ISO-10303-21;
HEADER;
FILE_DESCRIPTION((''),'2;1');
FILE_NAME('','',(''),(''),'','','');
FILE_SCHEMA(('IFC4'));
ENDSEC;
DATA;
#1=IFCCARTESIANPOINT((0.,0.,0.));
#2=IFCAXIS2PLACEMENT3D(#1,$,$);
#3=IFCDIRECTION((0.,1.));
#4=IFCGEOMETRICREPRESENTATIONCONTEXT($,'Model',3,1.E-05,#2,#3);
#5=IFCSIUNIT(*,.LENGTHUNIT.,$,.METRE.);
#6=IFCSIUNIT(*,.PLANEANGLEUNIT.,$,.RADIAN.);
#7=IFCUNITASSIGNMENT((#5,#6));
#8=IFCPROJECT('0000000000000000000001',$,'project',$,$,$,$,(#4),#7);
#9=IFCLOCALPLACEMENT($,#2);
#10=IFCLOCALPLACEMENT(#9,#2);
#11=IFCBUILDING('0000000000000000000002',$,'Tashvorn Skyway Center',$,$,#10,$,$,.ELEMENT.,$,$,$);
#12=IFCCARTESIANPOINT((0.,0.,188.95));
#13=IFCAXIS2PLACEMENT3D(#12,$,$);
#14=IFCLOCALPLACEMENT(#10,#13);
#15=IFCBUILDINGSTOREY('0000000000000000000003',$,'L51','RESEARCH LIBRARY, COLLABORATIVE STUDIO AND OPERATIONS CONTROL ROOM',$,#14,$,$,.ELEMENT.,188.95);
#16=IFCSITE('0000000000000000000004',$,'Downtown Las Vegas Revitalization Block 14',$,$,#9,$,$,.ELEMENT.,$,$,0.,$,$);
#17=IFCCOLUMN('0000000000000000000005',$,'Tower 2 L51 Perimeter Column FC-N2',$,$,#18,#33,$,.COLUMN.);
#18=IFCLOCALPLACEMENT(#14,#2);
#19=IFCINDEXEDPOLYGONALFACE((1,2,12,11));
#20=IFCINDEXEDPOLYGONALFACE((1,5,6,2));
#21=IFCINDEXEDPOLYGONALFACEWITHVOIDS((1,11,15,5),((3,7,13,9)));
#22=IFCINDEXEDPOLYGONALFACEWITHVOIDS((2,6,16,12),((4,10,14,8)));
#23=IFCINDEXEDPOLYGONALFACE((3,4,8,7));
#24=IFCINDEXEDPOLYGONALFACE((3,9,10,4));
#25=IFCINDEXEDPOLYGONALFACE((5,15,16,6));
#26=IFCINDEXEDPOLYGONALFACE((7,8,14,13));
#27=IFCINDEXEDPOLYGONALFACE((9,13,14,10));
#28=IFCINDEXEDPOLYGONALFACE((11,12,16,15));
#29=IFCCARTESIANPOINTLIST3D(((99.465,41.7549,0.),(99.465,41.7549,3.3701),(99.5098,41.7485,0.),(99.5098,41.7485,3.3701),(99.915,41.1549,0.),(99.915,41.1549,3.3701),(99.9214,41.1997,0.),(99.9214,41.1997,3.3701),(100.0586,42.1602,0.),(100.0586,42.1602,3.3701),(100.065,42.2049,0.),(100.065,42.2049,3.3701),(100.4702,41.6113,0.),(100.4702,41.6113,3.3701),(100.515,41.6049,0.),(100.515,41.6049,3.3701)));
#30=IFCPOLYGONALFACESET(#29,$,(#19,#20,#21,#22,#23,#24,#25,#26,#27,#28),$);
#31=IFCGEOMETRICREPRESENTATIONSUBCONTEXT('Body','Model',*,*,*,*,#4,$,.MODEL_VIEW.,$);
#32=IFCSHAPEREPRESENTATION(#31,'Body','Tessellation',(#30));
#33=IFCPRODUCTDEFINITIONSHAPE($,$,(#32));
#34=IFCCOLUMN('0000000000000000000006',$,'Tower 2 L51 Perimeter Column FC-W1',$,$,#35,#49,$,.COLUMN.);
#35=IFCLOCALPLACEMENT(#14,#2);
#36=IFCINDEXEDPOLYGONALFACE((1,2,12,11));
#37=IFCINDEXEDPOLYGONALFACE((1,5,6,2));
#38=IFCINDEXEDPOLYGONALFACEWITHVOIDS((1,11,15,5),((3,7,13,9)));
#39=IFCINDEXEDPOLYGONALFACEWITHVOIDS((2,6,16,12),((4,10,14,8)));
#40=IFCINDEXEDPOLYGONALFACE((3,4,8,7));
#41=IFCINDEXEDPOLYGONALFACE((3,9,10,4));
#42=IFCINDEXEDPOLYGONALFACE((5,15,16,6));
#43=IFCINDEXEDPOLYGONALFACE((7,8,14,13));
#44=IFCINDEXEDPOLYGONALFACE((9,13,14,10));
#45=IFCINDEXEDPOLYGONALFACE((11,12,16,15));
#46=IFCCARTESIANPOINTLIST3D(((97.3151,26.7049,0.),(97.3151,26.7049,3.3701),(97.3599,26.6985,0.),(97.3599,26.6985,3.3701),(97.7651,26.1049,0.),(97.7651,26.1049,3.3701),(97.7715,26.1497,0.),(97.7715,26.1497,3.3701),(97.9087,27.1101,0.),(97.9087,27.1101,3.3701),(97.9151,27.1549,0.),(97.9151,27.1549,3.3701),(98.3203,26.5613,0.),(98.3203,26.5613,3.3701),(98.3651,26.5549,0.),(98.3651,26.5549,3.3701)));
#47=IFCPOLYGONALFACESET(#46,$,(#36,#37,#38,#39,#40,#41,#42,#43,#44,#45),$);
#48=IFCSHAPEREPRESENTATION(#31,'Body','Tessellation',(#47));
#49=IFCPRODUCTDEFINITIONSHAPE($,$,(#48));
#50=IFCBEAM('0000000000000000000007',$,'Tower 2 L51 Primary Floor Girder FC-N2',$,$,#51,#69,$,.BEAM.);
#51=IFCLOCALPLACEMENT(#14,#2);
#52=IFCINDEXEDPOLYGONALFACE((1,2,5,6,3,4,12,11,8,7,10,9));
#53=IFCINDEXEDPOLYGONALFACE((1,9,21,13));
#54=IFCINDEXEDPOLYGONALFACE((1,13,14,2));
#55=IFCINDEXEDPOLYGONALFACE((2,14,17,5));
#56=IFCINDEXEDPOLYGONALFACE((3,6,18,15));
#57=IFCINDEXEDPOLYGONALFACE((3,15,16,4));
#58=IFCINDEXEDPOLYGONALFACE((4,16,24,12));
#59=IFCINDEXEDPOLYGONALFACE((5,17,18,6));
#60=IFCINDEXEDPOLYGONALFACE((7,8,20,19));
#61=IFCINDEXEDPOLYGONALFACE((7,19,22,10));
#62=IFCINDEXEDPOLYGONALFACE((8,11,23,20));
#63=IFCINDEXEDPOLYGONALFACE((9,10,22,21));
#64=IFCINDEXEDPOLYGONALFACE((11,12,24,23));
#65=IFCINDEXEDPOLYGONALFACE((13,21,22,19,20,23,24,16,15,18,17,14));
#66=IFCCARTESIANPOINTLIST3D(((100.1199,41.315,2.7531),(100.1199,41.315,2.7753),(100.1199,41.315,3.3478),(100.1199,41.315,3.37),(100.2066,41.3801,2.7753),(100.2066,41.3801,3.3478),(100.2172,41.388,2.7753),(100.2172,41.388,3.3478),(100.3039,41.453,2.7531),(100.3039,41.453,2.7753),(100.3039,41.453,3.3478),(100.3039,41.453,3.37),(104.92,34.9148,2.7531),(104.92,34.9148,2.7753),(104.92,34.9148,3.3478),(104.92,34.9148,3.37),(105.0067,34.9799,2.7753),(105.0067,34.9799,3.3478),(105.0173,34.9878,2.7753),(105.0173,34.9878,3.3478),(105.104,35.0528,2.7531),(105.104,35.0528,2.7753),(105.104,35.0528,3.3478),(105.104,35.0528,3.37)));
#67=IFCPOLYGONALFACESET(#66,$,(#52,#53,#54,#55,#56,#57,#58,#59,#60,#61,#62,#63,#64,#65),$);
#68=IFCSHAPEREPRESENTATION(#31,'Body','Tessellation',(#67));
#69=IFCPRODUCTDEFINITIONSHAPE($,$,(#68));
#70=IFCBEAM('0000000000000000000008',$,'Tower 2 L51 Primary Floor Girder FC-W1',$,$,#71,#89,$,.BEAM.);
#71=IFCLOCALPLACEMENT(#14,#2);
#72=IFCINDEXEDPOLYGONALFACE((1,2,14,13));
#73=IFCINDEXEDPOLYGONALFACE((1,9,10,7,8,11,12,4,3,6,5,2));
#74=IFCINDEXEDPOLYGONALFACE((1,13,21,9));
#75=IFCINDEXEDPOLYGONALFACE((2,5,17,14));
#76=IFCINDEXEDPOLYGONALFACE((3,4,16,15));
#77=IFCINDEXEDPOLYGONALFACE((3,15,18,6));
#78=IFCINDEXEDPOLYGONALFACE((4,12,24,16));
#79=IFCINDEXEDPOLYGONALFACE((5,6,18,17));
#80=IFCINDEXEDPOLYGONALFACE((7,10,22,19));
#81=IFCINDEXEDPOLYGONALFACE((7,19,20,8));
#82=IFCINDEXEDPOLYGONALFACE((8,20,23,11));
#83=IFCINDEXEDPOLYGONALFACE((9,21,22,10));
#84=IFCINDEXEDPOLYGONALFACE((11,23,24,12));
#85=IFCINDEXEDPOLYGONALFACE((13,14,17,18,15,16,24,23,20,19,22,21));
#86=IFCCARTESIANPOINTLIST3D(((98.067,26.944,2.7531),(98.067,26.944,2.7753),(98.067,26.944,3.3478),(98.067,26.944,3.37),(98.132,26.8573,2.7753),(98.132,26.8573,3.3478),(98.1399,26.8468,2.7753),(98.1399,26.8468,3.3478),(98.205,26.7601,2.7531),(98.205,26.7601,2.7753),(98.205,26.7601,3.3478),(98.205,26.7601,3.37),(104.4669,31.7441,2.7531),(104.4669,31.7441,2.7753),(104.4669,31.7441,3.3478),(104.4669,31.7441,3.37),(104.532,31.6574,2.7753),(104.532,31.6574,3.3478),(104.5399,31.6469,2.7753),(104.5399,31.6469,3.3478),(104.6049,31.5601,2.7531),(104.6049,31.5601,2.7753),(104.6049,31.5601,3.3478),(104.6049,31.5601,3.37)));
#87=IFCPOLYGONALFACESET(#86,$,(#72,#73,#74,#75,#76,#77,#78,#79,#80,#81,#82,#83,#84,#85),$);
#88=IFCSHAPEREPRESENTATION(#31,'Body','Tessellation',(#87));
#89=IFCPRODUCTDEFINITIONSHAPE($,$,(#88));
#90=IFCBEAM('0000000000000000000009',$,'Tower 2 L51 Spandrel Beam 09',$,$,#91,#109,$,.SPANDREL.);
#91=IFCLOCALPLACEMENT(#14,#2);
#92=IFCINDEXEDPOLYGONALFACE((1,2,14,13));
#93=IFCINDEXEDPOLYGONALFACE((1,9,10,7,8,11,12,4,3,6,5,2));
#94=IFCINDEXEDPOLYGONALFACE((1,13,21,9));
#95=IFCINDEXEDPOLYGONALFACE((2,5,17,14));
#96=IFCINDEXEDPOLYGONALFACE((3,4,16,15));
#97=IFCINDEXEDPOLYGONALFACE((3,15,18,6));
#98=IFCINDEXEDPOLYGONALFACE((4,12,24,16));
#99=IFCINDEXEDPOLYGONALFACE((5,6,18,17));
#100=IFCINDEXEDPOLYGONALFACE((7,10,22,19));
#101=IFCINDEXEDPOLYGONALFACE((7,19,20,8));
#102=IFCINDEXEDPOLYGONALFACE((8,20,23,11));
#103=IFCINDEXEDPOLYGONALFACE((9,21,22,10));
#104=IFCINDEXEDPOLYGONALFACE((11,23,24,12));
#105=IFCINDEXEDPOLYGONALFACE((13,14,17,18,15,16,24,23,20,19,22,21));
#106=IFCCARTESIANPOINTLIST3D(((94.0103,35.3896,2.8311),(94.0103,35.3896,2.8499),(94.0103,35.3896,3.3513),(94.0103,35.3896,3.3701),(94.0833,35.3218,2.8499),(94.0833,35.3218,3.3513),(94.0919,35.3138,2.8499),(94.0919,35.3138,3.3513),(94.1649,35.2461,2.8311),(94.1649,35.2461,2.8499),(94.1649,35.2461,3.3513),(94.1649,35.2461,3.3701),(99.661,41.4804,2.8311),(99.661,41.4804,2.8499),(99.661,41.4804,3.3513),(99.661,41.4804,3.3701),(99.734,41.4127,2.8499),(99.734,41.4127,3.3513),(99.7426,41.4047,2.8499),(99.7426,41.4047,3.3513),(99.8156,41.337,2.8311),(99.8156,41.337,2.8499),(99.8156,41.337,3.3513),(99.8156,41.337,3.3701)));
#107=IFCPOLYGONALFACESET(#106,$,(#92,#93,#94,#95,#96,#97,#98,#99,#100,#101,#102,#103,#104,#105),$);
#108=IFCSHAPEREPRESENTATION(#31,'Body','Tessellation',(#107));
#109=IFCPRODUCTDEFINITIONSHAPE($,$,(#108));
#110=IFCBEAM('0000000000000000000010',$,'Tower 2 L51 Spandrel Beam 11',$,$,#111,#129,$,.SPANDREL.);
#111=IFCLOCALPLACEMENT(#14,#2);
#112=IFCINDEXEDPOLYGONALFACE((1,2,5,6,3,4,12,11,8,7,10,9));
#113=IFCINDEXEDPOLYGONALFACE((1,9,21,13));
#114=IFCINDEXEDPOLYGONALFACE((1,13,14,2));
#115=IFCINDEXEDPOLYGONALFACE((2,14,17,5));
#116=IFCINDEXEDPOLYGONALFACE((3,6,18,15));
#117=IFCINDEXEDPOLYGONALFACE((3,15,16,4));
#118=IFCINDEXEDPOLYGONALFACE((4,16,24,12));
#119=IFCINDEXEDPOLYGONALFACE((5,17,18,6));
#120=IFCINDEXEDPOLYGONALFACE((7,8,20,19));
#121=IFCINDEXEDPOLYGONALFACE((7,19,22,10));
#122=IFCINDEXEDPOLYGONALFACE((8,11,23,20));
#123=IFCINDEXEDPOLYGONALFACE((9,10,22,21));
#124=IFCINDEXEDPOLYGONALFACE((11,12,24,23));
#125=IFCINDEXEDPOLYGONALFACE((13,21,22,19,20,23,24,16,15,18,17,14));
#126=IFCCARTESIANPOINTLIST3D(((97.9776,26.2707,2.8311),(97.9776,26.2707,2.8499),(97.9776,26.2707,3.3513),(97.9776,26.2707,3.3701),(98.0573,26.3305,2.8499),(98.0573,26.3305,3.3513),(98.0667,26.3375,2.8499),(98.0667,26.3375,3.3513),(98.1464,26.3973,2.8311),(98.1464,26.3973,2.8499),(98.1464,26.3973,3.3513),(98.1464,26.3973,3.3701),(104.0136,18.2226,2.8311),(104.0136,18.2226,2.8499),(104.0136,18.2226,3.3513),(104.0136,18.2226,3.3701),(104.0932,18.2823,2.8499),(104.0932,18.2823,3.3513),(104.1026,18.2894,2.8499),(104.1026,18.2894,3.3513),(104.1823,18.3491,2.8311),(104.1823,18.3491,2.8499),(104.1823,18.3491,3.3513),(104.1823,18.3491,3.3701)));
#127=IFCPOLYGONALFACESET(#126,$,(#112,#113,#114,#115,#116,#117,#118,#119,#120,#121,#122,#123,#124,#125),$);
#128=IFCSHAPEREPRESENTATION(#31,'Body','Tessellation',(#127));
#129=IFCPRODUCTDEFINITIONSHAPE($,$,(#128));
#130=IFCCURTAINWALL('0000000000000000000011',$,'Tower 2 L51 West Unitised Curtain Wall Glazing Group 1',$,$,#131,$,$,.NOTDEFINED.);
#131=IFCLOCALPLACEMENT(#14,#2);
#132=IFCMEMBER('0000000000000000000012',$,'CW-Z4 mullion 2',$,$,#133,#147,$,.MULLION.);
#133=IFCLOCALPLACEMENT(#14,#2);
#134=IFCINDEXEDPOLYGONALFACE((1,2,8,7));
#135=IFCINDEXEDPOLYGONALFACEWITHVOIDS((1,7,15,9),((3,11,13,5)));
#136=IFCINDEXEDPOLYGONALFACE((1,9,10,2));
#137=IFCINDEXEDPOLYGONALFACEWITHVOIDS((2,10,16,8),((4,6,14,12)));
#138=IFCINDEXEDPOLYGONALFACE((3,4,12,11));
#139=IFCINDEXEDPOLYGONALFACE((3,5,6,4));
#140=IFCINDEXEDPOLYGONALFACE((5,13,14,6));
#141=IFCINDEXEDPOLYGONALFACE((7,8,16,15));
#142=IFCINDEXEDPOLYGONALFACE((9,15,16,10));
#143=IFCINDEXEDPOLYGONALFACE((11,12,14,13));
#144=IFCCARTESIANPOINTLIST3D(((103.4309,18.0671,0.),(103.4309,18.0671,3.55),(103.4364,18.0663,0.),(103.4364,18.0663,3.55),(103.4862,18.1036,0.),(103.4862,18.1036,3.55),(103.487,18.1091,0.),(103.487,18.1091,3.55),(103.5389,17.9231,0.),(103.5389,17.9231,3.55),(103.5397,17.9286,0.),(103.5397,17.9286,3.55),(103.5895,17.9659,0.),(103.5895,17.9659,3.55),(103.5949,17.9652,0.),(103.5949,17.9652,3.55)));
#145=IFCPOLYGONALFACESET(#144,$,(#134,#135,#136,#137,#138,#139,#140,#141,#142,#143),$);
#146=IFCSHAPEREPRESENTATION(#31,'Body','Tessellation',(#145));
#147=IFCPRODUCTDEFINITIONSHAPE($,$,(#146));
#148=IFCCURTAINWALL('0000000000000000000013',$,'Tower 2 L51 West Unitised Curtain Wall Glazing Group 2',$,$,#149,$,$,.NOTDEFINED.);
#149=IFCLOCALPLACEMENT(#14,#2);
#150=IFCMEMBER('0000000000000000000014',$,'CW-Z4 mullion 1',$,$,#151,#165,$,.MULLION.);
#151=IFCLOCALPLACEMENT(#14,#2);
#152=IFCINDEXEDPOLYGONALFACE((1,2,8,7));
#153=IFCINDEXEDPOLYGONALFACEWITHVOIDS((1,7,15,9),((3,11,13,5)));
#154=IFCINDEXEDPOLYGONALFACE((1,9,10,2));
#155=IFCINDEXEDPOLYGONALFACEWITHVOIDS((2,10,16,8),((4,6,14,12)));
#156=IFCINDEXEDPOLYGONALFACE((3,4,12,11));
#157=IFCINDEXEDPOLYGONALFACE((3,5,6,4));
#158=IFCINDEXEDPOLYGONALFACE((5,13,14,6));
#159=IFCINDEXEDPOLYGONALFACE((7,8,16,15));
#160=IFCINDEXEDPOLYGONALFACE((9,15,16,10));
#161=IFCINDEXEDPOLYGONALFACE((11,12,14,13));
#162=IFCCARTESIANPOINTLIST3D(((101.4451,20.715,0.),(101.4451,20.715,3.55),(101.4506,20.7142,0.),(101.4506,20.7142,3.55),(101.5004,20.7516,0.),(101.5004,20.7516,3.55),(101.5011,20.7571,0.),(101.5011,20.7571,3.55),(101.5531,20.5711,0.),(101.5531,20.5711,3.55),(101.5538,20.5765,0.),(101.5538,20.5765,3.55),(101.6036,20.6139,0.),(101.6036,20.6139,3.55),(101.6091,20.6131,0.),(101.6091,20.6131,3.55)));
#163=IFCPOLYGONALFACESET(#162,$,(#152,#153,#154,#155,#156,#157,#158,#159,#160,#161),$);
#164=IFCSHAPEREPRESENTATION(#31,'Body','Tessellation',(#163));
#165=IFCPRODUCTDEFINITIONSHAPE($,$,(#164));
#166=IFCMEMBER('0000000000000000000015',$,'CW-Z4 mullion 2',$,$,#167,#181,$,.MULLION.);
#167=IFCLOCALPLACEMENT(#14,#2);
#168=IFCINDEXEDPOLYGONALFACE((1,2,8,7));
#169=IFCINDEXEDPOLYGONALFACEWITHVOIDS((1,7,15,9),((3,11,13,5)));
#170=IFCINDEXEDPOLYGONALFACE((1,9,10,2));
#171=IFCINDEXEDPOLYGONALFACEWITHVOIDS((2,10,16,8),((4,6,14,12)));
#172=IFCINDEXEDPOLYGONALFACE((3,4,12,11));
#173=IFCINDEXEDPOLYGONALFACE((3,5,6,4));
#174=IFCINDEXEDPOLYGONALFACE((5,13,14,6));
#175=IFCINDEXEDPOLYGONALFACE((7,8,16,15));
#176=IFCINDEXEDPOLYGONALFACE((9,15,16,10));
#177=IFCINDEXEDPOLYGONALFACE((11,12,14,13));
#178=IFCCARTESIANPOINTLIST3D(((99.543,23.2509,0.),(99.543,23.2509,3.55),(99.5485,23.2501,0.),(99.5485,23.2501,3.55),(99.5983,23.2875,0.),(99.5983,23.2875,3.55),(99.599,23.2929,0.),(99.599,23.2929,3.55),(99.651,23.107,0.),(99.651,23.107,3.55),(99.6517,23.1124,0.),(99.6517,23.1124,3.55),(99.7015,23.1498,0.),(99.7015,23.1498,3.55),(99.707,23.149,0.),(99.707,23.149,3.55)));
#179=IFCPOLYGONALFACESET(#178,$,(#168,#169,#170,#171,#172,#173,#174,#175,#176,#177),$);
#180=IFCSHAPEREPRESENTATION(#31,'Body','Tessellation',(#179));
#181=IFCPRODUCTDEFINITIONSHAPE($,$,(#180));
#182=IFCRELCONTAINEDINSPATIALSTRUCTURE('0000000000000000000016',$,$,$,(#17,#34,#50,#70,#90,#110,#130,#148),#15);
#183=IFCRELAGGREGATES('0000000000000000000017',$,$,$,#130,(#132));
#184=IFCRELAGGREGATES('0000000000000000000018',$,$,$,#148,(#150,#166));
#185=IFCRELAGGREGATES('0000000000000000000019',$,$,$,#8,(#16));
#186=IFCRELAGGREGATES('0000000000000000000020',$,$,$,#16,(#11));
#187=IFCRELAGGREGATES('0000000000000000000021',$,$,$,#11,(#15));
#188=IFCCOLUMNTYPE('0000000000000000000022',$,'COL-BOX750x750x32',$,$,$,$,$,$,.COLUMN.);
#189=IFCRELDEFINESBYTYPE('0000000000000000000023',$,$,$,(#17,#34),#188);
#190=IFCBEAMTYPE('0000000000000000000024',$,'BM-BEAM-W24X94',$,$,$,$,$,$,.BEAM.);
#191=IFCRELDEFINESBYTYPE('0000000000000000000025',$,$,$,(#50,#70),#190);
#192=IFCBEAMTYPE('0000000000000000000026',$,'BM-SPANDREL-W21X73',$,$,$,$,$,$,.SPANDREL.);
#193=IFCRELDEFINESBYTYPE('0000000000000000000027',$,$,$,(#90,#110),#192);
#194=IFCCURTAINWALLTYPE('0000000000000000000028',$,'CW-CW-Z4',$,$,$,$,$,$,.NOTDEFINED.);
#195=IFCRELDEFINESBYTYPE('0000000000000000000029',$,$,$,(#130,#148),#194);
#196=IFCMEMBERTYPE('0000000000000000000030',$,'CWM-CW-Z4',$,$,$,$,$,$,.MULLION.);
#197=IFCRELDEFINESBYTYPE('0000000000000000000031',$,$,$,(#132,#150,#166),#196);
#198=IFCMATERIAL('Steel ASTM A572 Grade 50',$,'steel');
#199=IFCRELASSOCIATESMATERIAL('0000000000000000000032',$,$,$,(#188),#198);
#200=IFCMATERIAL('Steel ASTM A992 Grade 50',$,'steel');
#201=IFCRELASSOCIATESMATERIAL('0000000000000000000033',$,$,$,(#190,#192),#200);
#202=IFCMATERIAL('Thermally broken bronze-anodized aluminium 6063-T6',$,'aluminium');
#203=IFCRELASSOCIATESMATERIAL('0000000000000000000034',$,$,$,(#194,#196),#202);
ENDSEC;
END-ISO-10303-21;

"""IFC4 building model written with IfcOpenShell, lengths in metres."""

from ifc_helpers import new_model, si_unit, direction, frame, origin, origin_2d, place, context, subcontext, project, spatial, hollow_rectangle, i_section, extrude, material, material_profile, profile_set, type_object, element, aggregate, save


model = new_model("IFC4")

# Units and contexts
model_context = context("Model", 3, precision=1e-05, world=origin(), true_north=direction((0.0, 1.0)))
body_context = subcontext(model_context, "Body", "Model", "MODEL_VIEW")
ifc_project = project(units=[si_unit("LENGTHUNIT", "METRE"), si_unit("PLANEANGLEUNIT", "RADIAN")], contexts=[model_context])

# Site, building, storey
site_placement = place(None, origin())
site = spatial("IfcSite", under=ifc_project, at=site_placement, Name="Downtown Las Vegas Revitalization Block 14", CompositionType="ELEMENT", RefElevation=0.0)
building_placement = place(site_placement, origin())
building = spatial("IfcBuilding", under=site, at=building_placement, Name="Tashvorn Skyway Center", CompositionType="ELEMENT")
storey_placement = place(building_placement, frame((0.0, 0.0, 188.95)))
storey = spatial("IfcBuildingStorey", under=building, at=storey_placement, Name="L51", Description="RESEARCH LIBRARY, COLLABORATIVE STUDIO AND OPERATIONS CONTROL ROOM", CompositionType="ELEMENT", Elevation=188.95)

# Columns
ifc_material_1 = material(Name="Steel ASTM A572 Grade 50", Category="steel")
ifc_material_profile_1 = material_profile(ifc_material_1, hollow_rectangle(XDim=0.75, YDim=0.75, WallThickness=0.032, at=origin_2d()), Name="BOX750x750x32")
ifc_profile_set_1 = profile_set([ifc_material_profile_1], Name="Steel ASTM A572 Grade 50")
column_type = type_object("IfcColumnType", Name="COL-BOX750x750x32", PredefinedType="COLUMN", material=ifc_profile_set_1)
for number, where, z_axis, x_axis, name in (
    (1, (99.99, 41.6799, 0.0), (0.0, 0.0, 1.0), (0.8, 0.6, 0.0), "Tower 2 L51 Perimeter Column FC-N2"),
    (2, (97.8401, 26.6299, 0.0), (0.0, 0.0, 1.0), (0.8, 0.6, 0.0), "Tower 2 L51 Perimeter Column FC-W1"),
):
    element("IfcColumn", number, at=place(storey_placement, frame(where, z_axis=z_axis, x_axis=x_axis)), inside=storey, type_object=column_type, Name=name, PredefinedType="COLUMN", context=body_context, shape_type="SweptSolid", body=[
        extrude(hollow_rectangle(XDim=0.75, YDim=0.75, WallThickness=0.032, at=origin_2d()), origin(), (0.0, 0.0, 1.0), 3.3701),
    ])

# Beams
ifc_material_2 = material(Name="Steel ASTM A992 Grade 50", Category="steel")
ifc_material_profile_2 = material_profile(ifc_material_2, i_section(OverallWidth=0.23, OverallDepth=0.6169, WebThickness=0.0132, FlangeThickness=0.0222, at=origin_2d()), Name="W24X94")
ifc_profile_set_2 = profile_set([ifc_material_profile_2], Name="Steel ASTM A992 Grade 50")
beam_type_1 = type_object("IfcBeamType", Name="BM-BEAM-W24X94", PredefinedType="BEAM", material=ifc_profile_set_2)
beam_1_placement = place(storey_placement, frame((100.2119, 41.384, 3.0615), z_axis=(0.599995, -0.800004, 0.0), x_axis=(0.800004, 0.599995, 0.0)))
element("IfcBeam", 3, at=beam_1_placement, inside=storey, type_object=beam_type_1, Name="Tower 2 L51 Primary Floor Girder FC-N2", PredefinedType="BEAM", context=body_context, shape_type="SweptSolid", body=[
    extrude(i_section(OverallWidth=0.23, OverallDepth=0.6169, WebThickness=0.0132, FlangeThickness=0.0222, at=origin_2d()), origin(), (0.0, 0.0, 1.0), 8.0002),
])
beam_2_placement = place(storey_placement, frame((98.136, 26.8521, 3.0615), z_axis=(0.799993, 0.60001, 0.0), x_axis=(-0.60001, 0.799993, 0.0)))
element("IfcBeam", 4, at=beam_2_placement, inside=storey, type_object=beam_type_1, Name="Tower 2 L51 Primary Floor Girder FC-W1", PredefinedType="BEAM", context=body_context, shape_type="SweptSolid", body=[
    extrude(i_section(OverallWidth=0.23, OverallDepth=0.6169, WebThickness=0.0132, FlangeThickness=0.0222, at=origin_2d()), origin(), (0.0, 0.0, 1.0), 8.0),
])
ifc_material_profile_3 = material_profile(ifc_material_2, i_section(OverallWidth=0.2109, OverallDepth=0.5391, WebThickness=0.0117, FlangeThickness=0.0188, at=origin_2d()), Name="W21X73")
ifc_profile_set_3 = profile_set([ifc_material_profile_3], Name="Steel ASTM A992 Grade 50")
beam_type_2 = type_object("IfcBeamType", Name="BM-SPANDREL-W21X73", PredefinedType="SPANDREL", material=ifc_profile_set_3)
beam_3_placement = place(storey_placement, frame((99.7383, 41.4087, 3.1006), z_axis=(-0.68012, -0.733101, 0.0), x_axis=(0.733101, -0.68012, 0.0)))
element("IfcBeam", 5, at=beam_3_placement, inside=storey, type_object=beam_type_2, Name="Tower 2 L51 Spandrel Beam 09", PredefinedType="SPANDREL", context=body_context, shape_type="SweptSolid", body=[
    extrude(i_section(OverallWidth=0.2109, OverallDepth=0.5391, WebThickness=0.0117, FlangeThickness=0.0188, at=origin_2d()), origin(), (0.0, 0.0, 1.0), 8.3083),
])
beam_4_placement = place(storey_placement, frame((98.062, 26.334, 3.1006), z_axis=(0.599988, -0.800009, 0.0), x_axis=(0.800009, 0.599988, 0.0)))
element("IfcBeam", 6, at=beam_4_placement, inside=storey, type_object=beam_type_2, Name="Tower 2 L51 Spandrel Beam 11", PredefinedType="SPANDREL", context=body_context, shape_type="SweptSolid", body=[
    extrude(i_section(OverallWidth=0.2109, OverallDepth=0.5391, WebThickness=0.0117, FlangeThickness=0.0188, at=origin_2d()), origin(), (0.0, 0.0, 1.0), 10.0601),
])

# Curtain wall, member
ifc_material_3 = material(Name="Thermally broken bronze-anodized aluminium 6063-T6", Category="aluminium")
curtain_wall_type = type_object("IfcCurtainWallType", Name="CW-CW-Z4", PredefinedType="NOTDEFINED", material=ifc_material_3)
curtain_wall_1_placement = place(storey_placement, origin())
curtain_wall_1 = element("IfcCurtainWall", 7, at=curtain_wall_1_placement, inside=storey, type_object=curtain_wall_type, Name="Tower 2 L51 West Unitised Curtain Wall Glazing Group 1", PredefinedType="NOTDEFINED")
ifc_material_profile_4 = material_profile(ifc_material_3, hollow_rectangle(XDim=0.0701, YDim=0.1799, WallThickness=0.0039, at=origin_2d()), Name="ALU-MULL-70x180")
ifc_profile_set_4 = profile_set([ifc_material_profile_4], Name="Thermally broken bronze-anodized aluminium 6063-T6")
member_type_1 = type_object("IfcMemberType", Name="CWM-CW-Z4", PredefinedType="MULLION", material=ifc_profile_set_4)
member_1_placement = place(storey_placement, frame((103.5129, 18.0161, 0.0), z_axis=(0.0, 0.0, 1.0), x_axis=(-0.8, -0.6, 0.0)))
member_1 = element("IfcMember", 8, at=member_1_placement, type_object=member_type_1, Name="CW-Z4 mullion 2", PredefinedType="MULLION", context=body_context, shape_type="SweptSolid", body=[
    extrude(hollow_rectangle(XDim=0.0701, YDim=0.1799, WallThickness=0.0039, at=origin_2d()), origin(), (0.0, 0.0, 1.0), 3.55),
])
aggregate(curtain_wall_1, [member_1])

# Curtain wall, members
curtain_wall_2_placement = place(storey_placement, origin())
curtain_wall_2 = element("IfcCurtainWall", 9, at=curtain_wall_2_placement, inside=storey, type_object=curtain_wall_type, Name="Tower 2 L51 West Unitised Curtain Wall Glazing Group 2", PredefinedType="NOTDEFINED")
member_2_placement = place(storey_placement, frame((101.5271, 20.6641, 0.0), z_axis=(0.0, 0.0, 1.0), x_axis=(-0.8, -0.6, 0.0)))
member_2 = element("IfcMember", 10, at=member_2_placement, type_object=member_type_1, Name="CW-Z4 mullion 1", PredefinedType="MULLION", context=body_context, shape_type="SweptSolid", body=[
    extrude(hollow_rectangle(XDim=0.0701, YDim=0.1799, WallThickness=0.0039, at=origin_2d()), origin(), (0.0, 0.0, 1.0), 3.55),
])
member_3_placement = place(storey_placement, frame((99.625, 23.2, 0.0), z_axis=(0.0, 0.0, 1.0), x_axis=(-0.8, -0.6, 0.0)))
member_3 = element("IfcMember", 11, at=member_3_placement, type_object=member_type_1, Name="CW-Z4 mullion 2", PredefinedType="MULLION", context=body_context, shape_type="SweptSolid", body=[
    extrude(hollow_rectangle(XDim=0.0701, YDim=0.1799, WallThickness=0.0039, at=origin_2d()), origin(), (0.0, 0.0, 1.0), 3.55),
])

aggregate(curtain_wall_2, [member_2, member_3])

save(model, "model.ifc")
